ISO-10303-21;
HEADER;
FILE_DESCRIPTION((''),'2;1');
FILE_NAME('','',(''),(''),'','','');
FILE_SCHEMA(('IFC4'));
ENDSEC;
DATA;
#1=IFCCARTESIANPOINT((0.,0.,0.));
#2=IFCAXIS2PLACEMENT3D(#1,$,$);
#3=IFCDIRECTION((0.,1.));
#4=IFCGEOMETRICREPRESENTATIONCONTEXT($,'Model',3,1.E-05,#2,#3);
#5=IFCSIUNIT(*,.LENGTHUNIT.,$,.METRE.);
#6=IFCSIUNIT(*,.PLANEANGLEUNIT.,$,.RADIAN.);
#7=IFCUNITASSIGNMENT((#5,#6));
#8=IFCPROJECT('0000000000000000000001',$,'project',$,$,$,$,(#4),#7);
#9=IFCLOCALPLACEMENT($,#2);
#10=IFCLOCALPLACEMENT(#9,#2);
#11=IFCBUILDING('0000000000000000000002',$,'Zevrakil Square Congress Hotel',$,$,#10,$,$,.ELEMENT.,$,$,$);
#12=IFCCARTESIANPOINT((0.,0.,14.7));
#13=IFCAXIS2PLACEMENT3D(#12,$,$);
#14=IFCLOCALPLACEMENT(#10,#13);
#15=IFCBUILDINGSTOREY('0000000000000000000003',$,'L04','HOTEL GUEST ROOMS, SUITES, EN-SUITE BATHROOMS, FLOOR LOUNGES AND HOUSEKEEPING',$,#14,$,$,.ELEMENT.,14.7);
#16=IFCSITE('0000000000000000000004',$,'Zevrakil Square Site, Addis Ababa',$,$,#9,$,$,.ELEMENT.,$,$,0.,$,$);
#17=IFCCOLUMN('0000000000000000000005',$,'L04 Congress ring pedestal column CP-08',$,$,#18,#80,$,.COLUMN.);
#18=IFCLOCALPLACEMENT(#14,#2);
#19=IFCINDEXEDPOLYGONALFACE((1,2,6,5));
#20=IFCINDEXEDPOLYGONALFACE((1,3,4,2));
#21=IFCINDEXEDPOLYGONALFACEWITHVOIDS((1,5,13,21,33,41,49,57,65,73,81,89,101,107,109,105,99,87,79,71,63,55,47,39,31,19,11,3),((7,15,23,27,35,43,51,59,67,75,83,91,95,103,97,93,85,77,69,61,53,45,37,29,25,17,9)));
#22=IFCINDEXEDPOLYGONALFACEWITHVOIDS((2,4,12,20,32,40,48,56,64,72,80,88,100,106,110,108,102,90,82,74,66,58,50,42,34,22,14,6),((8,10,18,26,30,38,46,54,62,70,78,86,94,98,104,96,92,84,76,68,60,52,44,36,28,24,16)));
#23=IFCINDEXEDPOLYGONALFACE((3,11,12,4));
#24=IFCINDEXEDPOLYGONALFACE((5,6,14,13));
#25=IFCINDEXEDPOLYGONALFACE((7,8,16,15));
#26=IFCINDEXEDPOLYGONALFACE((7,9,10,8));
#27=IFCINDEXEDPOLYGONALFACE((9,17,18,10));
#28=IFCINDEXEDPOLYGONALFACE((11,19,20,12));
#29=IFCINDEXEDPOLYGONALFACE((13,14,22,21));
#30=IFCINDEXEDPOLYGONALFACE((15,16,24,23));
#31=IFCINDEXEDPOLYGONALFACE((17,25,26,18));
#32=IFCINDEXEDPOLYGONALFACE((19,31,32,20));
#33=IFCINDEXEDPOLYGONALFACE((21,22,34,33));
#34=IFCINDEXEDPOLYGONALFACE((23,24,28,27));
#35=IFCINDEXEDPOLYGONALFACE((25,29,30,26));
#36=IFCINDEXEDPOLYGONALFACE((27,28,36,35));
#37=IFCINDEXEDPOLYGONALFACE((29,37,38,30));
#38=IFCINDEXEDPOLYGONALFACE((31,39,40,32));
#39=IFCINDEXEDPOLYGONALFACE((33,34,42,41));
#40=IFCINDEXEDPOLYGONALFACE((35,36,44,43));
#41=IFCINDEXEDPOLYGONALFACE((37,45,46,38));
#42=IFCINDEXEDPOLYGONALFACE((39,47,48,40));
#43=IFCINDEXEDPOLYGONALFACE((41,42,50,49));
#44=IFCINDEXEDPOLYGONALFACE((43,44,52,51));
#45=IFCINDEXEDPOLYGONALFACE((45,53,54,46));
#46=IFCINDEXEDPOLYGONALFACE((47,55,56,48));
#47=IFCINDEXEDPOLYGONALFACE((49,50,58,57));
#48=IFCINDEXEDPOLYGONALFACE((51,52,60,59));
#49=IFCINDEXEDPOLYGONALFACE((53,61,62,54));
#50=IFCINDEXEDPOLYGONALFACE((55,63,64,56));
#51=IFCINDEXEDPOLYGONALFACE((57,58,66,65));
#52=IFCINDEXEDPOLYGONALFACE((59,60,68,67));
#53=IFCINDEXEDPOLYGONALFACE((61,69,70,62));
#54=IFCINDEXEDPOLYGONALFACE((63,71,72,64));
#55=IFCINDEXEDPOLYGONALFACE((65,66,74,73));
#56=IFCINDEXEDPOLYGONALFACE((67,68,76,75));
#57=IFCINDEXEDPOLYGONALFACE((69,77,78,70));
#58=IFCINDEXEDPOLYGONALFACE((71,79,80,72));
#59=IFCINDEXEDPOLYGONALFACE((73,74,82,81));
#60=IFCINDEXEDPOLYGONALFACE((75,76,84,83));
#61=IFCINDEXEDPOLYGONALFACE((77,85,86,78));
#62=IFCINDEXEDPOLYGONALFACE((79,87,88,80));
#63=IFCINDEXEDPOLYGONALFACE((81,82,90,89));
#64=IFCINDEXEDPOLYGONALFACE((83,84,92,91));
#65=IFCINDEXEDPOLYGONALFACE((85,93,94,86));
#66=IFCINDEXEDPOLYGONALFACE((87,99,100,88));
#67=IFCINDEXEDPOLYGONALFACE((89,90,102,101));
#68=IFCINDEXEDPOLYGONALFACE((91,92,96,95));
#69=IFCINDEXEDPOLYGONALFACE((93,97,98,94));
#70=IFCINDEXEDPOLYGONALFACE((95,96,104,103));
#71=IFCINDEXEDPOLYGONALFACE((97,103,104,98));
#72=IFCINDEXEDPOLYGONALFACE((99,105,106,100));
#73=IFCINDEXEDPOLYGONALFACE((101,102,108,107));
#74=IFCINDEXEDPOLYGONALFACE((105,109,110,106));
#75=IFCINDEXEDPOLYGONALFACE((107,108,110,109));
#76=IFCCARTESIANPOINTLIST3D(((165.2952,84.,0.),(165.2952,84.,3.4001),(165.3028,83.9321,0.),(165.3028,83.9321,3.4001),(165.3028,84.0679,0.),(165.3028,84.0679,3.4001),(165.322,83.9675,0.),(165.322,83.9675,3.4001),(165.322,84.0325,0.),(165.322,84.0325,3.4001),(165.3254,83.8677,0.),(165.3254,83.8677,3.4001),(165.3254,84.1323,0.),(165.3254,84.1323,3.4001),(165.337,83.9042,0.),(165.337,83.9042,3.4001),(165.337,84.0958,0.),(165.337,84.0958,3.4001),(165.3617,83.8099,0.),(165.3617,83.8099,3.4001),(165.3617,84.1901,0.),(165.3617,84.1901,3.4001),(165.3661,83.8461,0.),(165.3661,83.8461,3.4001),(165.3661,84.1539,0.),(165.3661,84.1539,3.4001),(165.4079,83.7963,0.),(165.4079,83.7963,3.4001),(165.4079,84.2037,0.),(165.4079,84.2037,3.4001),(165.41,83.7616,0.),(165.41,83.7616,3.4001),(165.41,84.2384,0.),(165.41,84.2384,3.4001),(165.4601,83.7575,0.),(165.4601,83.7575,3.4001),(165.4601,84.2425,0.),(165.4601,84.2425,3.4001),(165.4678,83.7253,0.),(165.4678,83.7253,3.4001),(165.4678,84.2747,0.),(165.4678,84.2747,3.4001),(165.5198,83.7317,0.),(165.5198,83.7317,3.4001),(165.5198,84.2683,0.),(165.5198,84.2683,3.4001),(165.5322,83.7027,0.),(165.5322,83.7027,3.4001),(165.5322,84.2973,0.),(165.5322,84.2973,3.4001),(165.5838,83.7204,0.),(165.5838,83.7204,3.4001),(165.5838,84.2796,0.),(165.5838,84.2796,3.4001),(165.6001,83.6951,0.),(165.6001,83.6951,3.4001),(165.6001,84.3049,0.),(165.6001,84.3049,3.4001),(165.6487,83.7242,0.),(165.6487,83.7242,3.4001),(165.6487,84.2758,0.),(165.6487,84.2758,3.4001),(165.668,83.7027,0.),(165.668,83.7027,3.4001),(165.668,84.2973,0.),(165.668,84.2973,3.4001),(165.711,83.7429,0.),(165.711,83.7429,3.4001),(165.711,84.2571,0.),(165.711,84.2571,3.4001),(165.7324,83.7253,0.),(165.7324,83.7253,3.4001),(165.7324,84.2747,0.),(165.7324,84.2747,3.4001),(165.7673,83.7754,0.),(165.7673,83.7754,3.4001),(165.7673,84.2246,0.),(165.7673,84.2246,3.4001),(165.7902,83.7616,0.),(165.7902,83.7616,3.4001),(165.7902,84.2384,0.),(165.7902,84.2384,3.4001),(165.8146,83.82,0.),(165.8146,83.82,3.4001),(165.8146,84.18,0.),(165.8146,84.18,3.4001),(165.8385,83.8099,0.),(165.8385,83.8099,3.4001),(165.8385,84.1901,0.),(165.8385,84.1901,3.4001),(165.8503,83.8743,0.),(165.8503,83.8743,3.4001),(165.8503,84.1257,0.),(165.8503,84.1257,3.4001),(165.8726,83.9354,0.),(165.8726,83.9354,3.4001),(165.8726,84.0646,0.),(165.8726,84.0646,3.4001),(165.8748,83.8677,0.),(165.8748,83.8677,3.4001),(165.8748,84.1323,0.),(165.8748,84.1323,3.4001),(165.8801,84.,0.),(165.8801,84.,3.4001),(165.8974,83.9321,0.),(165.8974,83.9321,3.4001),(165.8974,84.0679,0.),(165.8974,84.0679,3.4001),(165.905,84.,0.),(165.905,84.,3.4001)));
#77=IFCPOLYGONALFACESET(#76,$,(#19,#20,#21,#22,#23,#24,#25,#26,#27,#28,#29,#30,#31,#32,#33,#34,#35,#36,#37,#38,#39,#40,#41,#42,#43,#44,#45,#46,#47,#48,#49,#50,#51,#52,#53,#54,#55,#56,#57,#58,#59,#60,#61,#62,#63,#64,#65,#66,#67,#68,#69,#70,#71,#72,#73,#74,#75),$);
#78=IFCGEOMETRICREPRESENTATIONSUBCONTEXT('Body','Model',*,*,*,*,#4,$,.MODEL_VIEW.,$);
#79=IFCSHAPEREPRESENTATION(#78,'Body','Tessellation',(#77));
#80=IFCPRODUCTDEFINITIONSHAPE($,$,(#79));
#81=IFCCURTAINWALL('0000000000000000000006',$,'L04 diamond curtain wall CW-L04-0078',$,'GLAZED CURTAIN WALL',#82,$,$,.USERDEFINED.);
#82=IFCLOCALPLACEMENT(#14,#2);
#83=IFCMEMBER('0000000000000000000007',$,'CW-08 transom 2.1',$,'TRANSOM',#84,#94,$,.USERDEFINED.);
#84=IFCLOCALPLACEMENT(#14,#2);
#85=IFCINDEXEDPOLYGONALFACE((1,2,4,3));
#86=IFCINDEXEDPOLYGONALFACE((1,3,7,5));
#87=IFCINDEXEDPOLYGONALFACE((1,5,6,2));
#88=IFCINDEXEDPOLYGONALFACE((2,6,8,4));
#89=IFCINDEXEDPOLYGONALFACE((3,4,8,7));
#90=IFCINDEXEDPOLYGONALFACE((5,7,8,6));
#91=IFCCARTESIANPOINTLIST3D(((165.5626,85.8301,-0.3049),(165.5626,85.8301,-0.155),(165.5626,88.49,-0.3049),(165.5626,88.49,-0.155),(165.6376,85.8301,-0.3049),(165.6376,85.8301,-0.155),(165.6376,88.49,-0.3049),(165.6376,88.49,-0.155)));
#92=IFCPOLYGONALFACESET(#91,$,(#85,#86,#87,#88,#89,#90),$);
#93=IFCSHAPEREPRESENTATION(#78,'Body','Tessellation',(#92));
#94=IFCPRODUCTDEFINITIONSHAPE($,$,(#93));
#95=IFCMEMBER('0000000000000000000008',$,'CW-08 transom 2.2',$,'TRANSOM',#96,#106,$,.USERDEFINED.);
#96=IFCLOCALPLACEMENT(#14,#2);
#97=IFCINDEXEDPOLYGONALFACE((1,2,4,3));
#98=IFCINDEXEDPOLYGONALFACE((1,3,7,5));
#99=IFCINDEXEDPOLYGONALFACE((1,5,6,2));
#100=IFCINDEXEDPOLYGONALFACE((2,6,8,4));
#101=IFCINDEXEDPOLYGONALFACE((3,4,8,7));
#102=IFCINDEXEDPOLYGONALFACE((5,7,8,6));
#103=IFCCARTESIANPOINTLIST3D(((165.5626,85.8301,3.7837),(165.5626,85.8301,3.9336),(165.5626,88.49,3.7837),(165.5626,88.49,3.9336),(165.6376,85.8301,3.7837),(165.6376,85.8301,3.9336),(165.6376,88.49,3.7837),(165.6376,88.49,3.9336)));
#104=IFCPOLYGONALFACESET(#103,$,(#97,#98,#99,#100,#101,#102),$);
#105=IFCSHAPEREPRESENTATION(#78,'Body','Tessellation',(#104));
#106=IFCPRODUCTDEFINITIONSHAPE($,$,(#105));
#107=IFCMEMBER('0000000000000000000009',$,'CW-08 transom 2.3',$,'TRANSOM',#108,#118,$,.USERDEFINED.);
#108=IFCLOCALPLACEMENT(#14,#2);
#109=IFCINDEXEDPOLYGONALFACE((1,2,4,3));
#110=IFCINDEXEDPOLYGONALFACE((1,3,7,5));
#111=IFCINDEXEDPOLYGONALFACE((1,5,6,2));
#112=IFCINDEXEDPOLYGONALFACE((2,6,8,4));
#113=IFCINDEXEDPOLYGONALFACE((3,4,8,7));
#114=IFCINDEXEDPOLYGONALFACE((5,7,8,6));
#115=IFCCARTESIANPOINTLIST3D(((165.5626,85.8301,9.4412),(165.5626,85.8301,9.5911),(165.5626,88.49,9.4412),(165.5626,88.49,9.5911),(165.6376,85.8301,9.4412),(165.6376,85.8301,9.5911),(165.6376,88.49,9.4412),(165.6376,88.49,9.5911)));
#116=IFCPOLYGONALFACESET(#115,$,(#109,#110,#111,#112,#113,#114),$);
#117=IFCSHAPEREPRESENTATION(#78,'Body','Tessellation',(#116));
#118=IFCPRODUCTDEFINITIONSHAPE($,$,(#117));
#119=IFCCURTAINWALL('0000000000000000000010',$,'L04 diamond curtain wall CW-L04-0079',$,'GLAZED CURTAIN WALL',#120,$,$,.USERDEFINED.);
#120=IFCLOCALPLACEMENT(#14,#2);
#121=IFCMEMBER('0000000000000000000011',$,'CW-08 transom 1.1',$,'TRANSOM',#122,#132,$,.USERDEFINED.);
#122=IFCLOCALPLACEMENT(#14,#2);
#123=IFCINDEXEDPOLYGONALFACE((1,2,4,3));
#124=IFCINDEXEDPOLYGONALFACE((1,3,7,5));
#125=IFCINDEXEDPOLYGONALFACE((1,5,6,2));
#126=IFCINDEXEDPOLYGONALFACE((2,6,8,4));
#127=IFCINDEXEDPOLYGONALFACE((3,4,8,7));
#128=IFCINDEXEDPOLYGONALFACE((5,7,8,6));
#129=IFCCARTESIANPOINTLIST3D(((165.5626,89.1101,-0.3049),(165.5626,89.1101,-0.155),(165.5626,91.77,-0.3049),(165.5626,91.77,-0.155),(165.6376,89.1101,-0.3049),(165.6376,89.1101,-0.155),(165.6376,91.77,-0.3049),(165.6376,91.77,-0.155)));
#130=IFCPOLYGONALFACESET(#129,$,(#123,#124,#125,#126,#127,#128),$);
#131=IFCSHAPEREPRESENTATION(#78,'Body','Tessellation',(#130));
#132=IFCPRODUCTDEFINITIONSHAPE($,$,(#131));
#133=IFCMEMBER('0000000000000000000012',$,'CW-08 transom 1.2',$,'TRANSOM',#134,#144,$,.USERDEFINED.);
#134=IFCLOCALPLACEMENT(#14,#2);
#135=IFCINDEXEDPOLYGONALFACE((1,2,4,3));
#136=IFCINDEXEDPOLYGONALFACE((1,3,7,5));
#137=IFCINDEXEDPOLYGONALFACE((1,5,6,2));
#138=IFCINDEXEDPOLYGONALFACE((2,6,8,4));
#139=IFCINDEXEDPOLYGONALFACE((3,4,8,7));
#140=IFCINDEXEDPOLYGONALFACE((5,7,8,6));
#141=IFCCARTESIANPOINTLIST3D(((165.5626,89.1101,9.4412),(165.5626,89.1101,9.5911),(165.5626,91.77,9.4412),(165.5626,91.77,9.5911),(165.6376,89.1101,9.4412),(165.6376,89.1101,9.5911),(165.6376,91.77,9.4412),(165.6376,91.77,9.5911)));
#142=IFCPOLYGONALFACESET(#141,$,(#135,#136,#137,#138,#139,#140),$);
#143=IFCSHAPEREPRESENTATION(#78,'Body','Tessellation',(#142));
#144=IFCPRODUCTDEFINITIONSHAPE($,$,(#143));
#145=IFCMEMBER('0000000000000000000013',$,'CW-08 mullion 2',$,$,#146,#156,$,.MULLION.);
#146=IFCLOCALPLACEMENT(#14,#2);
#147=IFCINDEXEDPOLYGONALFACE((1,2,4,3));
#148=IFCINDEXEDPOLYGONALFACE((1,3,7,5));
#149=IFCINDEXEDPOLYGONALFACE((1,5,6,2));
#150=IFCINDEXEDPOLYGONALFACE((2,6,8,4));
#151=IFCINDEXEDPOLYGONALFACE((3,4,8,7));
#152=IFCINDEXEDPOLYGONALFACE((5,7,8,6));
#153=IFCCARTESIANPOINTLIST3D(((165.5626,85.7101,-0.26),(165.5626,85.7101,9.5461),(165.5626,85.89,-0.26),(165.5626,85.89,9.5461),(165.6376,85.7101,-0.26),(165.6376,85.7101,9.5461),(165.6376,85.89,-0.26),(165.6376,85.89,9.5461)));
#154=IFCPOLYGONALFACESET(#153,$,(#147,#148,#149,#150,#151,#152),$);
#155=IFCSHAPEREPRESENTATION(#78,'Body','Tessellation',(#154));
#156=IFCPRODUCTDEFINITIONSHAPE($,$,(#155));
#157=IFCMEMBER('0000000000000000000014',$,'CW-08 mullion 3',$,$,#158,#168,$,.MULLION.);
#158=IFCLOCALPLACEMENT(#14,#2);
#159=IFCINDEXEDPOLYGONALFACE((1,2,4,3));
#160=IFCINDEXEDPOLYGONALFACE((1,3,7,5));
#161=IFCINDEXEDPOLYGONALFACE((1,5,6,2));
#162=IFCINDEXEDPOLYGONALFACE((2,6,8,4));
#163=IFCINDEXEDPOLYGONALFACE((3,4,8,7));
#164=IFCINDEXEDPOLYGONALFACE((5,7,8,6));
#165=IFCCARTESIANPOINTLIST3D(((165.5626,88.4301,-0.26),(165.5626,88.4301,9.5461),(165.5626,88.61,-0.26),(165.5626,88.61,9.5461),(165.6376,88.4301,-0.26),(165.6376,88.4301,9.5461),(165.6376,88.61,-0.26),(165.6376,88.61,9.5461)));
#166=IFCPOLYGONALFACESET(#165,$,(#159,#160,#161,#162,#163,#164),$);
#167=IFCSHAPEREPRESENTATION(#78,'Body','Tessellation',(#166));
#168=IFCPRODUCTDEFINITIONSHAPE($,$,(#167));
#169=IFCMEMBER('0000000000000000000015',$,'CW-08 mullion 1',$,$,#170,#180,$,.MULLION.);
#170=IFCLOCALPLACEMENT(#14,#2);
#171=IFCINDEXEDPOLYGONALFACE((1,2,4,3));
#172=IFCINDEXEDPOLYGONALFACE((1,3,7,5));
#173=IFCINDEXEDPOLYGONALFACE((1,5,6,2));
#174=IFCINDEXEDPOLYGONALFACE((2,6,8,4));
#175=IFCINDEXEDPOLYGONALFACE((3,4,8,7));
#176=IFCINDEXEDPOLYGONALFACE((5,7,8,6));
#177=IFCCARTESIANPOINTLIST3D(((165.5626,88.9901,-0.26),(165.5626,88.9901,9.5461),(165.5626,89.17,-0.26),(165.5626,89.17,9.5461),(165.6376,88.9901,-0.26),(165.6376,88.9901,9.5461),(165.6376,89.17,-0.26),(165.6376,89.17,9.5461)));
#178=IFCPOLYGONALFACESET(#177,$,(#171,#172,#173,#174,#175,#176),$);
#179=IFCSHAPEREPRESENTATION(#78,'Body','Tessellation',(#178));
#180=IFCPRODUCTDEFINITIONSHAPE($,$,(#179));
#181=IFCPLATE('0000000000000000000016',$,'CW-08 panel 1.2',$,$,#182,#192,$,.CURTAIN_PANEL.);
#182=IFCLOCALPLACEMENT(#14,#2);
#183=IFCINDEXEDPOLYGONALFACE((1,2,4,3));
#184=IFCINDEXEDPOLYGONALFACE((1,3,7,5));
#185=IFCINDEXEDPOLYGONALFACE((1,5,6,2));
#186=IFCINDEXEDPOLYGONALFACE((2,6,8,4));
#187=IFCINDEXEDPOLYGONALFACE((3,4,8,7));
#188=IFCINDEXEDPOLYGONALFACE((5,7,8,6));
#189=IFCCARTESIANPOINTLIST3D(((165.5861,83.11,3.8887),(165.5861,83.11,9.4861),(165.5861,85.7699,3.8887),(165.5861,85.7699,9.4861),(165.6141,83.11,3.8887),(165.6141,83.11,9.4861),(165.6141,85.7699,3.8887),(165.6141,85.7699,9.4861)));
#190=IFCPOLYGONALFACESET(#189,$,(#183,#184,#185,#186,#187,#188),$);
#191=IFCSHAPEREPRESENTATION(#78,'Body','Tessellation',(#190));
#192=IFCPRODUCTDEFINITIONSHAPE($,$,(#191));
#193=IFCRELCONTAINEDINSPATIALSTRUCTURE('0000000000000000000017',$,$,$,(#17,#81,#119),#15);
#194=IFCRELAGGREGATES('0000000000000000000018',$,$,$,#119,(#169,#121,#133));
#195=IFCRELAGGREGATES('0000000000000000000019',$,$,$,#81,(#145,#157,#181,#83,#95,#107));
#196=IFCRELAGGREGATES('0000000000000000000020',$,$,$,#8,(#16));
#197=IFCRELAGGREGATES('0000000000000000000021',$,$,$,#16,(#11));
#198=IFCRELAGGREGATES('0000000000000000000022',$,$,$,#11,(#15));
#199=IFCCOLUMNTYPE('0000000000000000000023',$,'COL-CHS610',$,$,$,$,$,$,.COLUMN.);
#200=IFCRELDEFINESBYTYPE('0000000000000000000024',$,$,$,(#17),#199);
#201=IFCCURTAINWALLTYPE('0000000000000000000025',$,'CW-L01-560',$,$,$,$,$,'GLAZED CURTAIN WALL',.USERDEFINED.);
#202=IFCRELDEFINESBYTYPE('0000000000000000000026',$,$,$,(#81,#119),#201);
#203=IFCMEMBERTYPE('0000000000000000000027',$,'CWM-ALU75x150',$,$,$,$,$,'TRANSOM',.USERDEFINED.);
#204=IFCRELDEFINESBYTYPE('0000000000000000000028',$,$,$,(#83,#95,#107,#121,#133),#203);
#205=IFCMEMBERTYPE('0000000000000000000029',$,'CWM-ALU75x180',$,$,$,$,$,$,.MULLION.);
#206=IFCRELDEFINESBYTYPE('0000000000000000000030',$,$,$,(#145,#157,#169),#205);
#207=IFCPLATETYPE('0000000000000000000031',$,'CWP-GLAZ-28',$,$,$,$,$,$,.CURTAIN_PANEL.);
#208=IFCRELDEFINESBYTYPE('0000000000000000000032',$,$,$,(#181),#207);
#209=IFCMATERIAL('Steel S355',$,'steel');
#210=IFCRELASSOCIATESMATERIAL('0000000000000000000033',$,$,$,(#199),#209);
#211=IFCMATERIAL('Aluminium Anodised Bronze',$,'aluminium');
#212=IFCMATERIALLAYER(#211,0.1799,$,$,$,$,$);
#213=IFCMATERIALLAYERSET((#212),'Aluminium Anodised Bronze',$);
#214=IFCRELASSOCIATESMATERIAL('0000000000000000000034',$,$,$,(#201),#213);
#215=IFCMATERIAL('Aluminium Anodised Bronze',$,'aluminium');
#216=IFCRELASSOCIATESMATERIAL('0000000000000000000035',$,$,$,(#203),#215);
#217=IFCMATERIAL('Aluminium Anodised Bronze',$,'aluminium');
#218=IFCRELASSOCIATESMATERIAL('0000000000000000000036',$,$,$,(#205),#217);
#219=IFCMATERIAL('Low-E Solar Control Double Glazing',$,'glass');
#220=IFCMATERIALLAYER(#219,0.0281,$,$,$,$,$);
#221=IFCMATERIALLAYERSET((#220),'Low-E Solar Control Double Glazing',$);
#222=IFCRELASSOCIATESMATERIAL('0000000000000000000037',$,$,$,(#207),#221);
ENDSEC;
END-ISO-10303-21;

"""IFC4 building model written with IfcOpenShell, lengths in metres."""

from ifc_helpers import new_model, si_unit, direction, frame, origin, origin_2d, place, context, subcontext, project, spatial, rectangle, hollow_circle, extrude, material, layer, layer_set, material_profile, profile_set, type_object, element, aggregate, save


model = new_model("IFC4")

# Units and contexts
model_context = context("Model", 3, precision=1e-05, world=origin(), true_north=direction((0.0, 1.0)))
body_context = subcontext(model_context, "Body", "Model", "MODEL_VIEW")
ifc_project = project(units=[si_unit("LENGTHUNIT", "METRE"), si_unit("PLANEANGLEUNIT", "RADIAN")], contexts=[model_context])

# Site, building, storey
site_placement = place(None, origin())
site = spatial("IfcSite", under=ifc_project, at=site_placement, Name="Zevrakil Square Site, Addis Ababa", CompositionType="ELEMENT", RefElevation=0.0)
building_placement = place(site_placement, origin())
building = spatial("IfcBuilding", under=site, at=building_placement, Name="Zevrakil Square Congress Hotel", CompositionType="ELEMENT")
storey_placement = place(building_placement, frame((0.0, 0.0, 14.7)))
storey = spatial("IfcBuildingStorey", under=building, at=storey_placement, Name="L04", Description="HOTEL GUEST ROOMS, SUITES, EN-SUITE BATHROOMS, FLOOR LOUNGES AND HOUSEKEEPING", CompositionType="ELEMENT", Elevation=14.7)

# Column
ifc_material_1 = material(Name="Steel S355", Category="steel")
ifc_material_profile_1 = material_profile(ifc_material_1, hollow_circle(Radius=0.3049, WallThickness=0.0249, at=origin_2d()), Name="CHS 610x25")
ifc_profile_set_1 = profile_set([ifc_material_profile_1], Name="Steel S355")
column_type = type_object("IfcColumnType", Name="COL-CHS610", PredefinedType="COLUMN", material=ifc_profile_set_1)
column_placement = place(storey_placement, frame((165.6001, 84.0, 0.0), z_axis=(0.0, 0.0, 1.0), x_axis=(1.0, 0.0, 0.0)))
element("IfcColumn", 1, at=column_placement, inside=storey, type_object=column_type, Name="L04 Congress ring pedestal column CP-08", PredefinedType="COLUMN", context=body_context, shape_type="SweptSolid", body=[
    extrude(hollow_circle(Radius=0.3049, WallThickness=0.0249, at=origin_2d()), origin(), (0.0, 0.0, 1.0), 3.4001),
])

# Curtain walls, members
ifc_material_2 = material(Name="Aluminium Anodised Bronze", Category="aluminium")
ifc_layer_1 = layer(ifc_material_2, 0.1799)
ifc_layer_set_1 = layer_set([ifc_layer_1], Name="Aluminium Anodised Bronze")
curtain_wall_type = type_object("IfcCurtainWallType", Name="CW-L01-560", ElementType="GLAZED CURTAIN WALL", PredefinedType="USERDEFINED", material=ifc_layer_set_1)
curtain_wall_1_placement = place(storey_placement, origin())
curtain_wall_1 = element("IfcCurtainWall", 2, at=curtain_wall_1_placement, inside=storey, type_object=curtain_wall_type, Name="L04 diamond curtain wall CW-L04-0078", ObjectType="GLAZED CURTAIN WALL", PredefinedType="USERDEFINED")
ifc_material_3 = material(Name="Aluminium Anodised Bronze", Category="aluminium")
ifc_material_profile_2 = material_profile(ifc_material_3, rectangle(XDim=0.075, YDim=0.1499, at=origin_2d()), Name="ALU 75x150")
ifc_profile_set_2 = profile_set([ifc_material_profile_2], Name="Aluminium Anodised Bronze")
member_type_1 = type_object("IfcMemberType", Name="CWM-ALU75x150", ElementType="TRANSOM", PredefinedType="USERDEFINED", material=ifc_profile_set_2)
member_1_placement = place(storey_placement, frame((165.6001, 85.8301, -0.23), z_axis=(0.0, 1.0, 0.0), x_axis=(-1.0, 0.0, 0.0)))
member_1 = element("IfcMember", 3, at=member_1_placement, type_object=member_type_1, Name="CW-08 transom 2.1", ObjectType="TRANSOM", PredefinedType="USERDEFINED", context=body_context, shape_type="SweptSolid", body=[
    extrude(rectangle(XDim=0.075, YDim=0.1499, at=origin_2d()), origin(), (0.0, 0.0, 1.0), 2.6599),
])
member_2_placement = place(storey_placement, frame((165.6001, 85.8301, 3.8586), z_axis=(0.0, 1.0, 0.0), x_axis=(-1.0, 0.0, 0.0)))
member_2 = element("IfcMember", 4, at=member_2_placement, type_object=member_type_1, Name="CW-08 transom 2.2", ObjectType="TRANSOM", PredefinedType="USERDEFINED", context=body_context, shape_type="SweptSolid", body=[
    extrude(rectangle(XDim=0.075, YDim=0.1499, at=origin_2d()), origin(), (0.0, 0.0, 1.0), 2.6599),
])
member_3_placement = place(storey_placement, frame((165.6001, 85.8301, 9.5161), z_axis=(0.0, 1.0, 0.0), x_axis=(-1.0, 0.0, 0.0)))
member_3 = element("IfcMember", 5, at=member_3_placement, type_object=member_type_1, Name="CW-08 transom 2.3", ObjectType="TRANSOM", PredefinedType="USERDEFINED", context=body_context, shape_type="SweptSolid", body=[
    extrude(rectangle(XDim=0.075, YDim=0.1499, at=origin_2d()), origin(), (0.0, 0.0, 1.0), 2.6599),
])
curtain_wall_2_placement = place(storey_placement, origin())
curtain_wall_2 = element("IfcCurtainWall", 6, at=curtain_wall_2_placement, inside=storey, type_object=curtain_wall_type, Name="L04 diamond curtain wall CW-L04-0079", ObjectType="GLAZED CURTAIN WALL", PredefinedType="USERDEFINED")
member_4_placement = place(storey_placement, frame((165.6001, 89.1101, -0.23), z_axis=(0.0, 1.0, 0.0), x_axis=(-1.0, 0.0, 0.0)))
member_4 = element("IfcMember", 7, at=member_4_placement, type_object=member_type_1, Name="CW-08 transom 1.1", ObjectType="TRANSOM", PredefinedType="USERDEFINED", context=body_context, shape_type="SweptSolid", body=[
    extrude(rectangle(XDim=0.075, YDim=0.1499, at=origin_2d()), origin(), (0.0, 0.0, 1.0), 2.6599),
])
member_5_placement = place(storey_placement, frame((165.6001, 89.1101, 9.5161), z_axis=(0.0, 1.0, 0.0), x_axis=(-1.0, 0.0, 0.0)))
member_5 = element("IfcMember", 8, at=member_5_placement, type_object=member_type_1, Name="CW-08 transom 1.2", ObjectType="TRANSOM", PredefinedType="USERDEFINED", context=body_context, shape_type="SweptSolid", body=[
    extrude(rectangle(XDim=0.075, YDim=0.1499, at=origin_2d()), origin(), (0.0, 0.0, 1.0), 2.6599),
])

# Members
ifc_material_4 = material(Name="Aluminium Anodised Bronze", Category="aluminium")
ifc_material_profile_3 = material_profile(ifc_material_4, rectangle(XDim=0.075, YDim=0.1799, at=origin_2d()), Name="ALU 75x180")
ifc_profile_set_3 = profile_set([ifc_material_profile_3], Name="Aluminium Anodised Bronze")
member_type_2 = type_object("IfcMemberType", Name="CWM-ALU75x180", PredefinedType="MULLION", material=ifc_profile_set_3)
member_6_placement = place(storey_placement, frame((165.6001, 85.8, -0.26), z_axis=(0.0, 0.0, 1.0), x_axis=(-1.0, 0.0, 0.0)))
member_6 = element("IfcMember", 9, at=member_6_placement, type_object=member_type_2, Name="CW-08 mullion 2", PredefinedType="MULLION", context=body_context, shape_type="SweptSolid", body=[
    extrude(rectangle(XDim=0.075, YDim=0.1799, at=origin_2d()), origin(), (0.0, 0.0, 1.0), 9.8062),
])
member_7_placement = place(storey_placement, frame((165.6001, 88.52, -0.26), z_axis=(0.0, 0.0, 1.0), x_axis=(-1.0, 0.0, 0.0)))
member_7 = element("IfcMember", 10, at=member_7_placement, type_object=member_type_2, Name="CW-08 mullion 3", PredefinedType="MULLION", context=body_context, shape_type="SweptSolid", body=[
    extrude(rectangle(XDim=0.075, YDim=0.1799, at=origin_2d()), origin(), (0.0, 0.0, 1.0), 9.8062),
])
member_8_placement = place(storey_placement, frame((165.6001, 89.0801, -0.26), z_axis=(0.0, 0.0, 1.0), x_axis=(-1.0, 0.0, 0.0)))
member_8 = element("IfcMember", 11, at=member_8_placement, type_object=member_type_2, Name="CW-08 mullion 1", PredefinedType="MULLION", context=body_context, shape_type="SweptSolid", body=[
    extrude(rectangle(XDim=0.075, YDim=0.1799, at=origin_2d()), origin(), (0.0, 0.0, 1.0), 9.8062),
])
aggregate(curtain_wall_2, [member_8, member_4, member_5])

# Plate
ifc_material_5 = material(Name="Low-E Solar Control Double Glazing", Category="glass")
ifc_layer_2 = layer(ifc_material_5, 0.0281)
ifc_layer_set_2 = layer_set([ifc_layer_2], Name="Low-E Solar Control Double Glazing")
plate_type_1 = type_object("IfcPlateType", Name="CWP-GLAZ-28", PredefinedType="CURTAIN_PANEL", material=ifc_layer_set_2)
plate_1_placement = place(storey_placement, frame((165.6001, 84.4399, 3.8887), z_axis=(0.0, 0.0, 1.0), x_axis=(0.0, 1.0, 0.0)))
plate_1 = element("IfcPlate", 12, at=plate_1_placement, type_object=plate_type_1, Name="CW-08 panel 1.2", PredefinedType="CURTAIN_PANEL", context=body_context, shape_type="SweptSolid", body=[
    extrude(rectangle(XDim=2.6599, YDim=0.0281, at=origin_2d()), origin(), (0.0, 0.0, 1.0), 5.5974),
])
aggregate(curtain_wall_1, [member_6, member_7, plate_1, member_1, member_2, member_3])

save(model, "model.ifc")
